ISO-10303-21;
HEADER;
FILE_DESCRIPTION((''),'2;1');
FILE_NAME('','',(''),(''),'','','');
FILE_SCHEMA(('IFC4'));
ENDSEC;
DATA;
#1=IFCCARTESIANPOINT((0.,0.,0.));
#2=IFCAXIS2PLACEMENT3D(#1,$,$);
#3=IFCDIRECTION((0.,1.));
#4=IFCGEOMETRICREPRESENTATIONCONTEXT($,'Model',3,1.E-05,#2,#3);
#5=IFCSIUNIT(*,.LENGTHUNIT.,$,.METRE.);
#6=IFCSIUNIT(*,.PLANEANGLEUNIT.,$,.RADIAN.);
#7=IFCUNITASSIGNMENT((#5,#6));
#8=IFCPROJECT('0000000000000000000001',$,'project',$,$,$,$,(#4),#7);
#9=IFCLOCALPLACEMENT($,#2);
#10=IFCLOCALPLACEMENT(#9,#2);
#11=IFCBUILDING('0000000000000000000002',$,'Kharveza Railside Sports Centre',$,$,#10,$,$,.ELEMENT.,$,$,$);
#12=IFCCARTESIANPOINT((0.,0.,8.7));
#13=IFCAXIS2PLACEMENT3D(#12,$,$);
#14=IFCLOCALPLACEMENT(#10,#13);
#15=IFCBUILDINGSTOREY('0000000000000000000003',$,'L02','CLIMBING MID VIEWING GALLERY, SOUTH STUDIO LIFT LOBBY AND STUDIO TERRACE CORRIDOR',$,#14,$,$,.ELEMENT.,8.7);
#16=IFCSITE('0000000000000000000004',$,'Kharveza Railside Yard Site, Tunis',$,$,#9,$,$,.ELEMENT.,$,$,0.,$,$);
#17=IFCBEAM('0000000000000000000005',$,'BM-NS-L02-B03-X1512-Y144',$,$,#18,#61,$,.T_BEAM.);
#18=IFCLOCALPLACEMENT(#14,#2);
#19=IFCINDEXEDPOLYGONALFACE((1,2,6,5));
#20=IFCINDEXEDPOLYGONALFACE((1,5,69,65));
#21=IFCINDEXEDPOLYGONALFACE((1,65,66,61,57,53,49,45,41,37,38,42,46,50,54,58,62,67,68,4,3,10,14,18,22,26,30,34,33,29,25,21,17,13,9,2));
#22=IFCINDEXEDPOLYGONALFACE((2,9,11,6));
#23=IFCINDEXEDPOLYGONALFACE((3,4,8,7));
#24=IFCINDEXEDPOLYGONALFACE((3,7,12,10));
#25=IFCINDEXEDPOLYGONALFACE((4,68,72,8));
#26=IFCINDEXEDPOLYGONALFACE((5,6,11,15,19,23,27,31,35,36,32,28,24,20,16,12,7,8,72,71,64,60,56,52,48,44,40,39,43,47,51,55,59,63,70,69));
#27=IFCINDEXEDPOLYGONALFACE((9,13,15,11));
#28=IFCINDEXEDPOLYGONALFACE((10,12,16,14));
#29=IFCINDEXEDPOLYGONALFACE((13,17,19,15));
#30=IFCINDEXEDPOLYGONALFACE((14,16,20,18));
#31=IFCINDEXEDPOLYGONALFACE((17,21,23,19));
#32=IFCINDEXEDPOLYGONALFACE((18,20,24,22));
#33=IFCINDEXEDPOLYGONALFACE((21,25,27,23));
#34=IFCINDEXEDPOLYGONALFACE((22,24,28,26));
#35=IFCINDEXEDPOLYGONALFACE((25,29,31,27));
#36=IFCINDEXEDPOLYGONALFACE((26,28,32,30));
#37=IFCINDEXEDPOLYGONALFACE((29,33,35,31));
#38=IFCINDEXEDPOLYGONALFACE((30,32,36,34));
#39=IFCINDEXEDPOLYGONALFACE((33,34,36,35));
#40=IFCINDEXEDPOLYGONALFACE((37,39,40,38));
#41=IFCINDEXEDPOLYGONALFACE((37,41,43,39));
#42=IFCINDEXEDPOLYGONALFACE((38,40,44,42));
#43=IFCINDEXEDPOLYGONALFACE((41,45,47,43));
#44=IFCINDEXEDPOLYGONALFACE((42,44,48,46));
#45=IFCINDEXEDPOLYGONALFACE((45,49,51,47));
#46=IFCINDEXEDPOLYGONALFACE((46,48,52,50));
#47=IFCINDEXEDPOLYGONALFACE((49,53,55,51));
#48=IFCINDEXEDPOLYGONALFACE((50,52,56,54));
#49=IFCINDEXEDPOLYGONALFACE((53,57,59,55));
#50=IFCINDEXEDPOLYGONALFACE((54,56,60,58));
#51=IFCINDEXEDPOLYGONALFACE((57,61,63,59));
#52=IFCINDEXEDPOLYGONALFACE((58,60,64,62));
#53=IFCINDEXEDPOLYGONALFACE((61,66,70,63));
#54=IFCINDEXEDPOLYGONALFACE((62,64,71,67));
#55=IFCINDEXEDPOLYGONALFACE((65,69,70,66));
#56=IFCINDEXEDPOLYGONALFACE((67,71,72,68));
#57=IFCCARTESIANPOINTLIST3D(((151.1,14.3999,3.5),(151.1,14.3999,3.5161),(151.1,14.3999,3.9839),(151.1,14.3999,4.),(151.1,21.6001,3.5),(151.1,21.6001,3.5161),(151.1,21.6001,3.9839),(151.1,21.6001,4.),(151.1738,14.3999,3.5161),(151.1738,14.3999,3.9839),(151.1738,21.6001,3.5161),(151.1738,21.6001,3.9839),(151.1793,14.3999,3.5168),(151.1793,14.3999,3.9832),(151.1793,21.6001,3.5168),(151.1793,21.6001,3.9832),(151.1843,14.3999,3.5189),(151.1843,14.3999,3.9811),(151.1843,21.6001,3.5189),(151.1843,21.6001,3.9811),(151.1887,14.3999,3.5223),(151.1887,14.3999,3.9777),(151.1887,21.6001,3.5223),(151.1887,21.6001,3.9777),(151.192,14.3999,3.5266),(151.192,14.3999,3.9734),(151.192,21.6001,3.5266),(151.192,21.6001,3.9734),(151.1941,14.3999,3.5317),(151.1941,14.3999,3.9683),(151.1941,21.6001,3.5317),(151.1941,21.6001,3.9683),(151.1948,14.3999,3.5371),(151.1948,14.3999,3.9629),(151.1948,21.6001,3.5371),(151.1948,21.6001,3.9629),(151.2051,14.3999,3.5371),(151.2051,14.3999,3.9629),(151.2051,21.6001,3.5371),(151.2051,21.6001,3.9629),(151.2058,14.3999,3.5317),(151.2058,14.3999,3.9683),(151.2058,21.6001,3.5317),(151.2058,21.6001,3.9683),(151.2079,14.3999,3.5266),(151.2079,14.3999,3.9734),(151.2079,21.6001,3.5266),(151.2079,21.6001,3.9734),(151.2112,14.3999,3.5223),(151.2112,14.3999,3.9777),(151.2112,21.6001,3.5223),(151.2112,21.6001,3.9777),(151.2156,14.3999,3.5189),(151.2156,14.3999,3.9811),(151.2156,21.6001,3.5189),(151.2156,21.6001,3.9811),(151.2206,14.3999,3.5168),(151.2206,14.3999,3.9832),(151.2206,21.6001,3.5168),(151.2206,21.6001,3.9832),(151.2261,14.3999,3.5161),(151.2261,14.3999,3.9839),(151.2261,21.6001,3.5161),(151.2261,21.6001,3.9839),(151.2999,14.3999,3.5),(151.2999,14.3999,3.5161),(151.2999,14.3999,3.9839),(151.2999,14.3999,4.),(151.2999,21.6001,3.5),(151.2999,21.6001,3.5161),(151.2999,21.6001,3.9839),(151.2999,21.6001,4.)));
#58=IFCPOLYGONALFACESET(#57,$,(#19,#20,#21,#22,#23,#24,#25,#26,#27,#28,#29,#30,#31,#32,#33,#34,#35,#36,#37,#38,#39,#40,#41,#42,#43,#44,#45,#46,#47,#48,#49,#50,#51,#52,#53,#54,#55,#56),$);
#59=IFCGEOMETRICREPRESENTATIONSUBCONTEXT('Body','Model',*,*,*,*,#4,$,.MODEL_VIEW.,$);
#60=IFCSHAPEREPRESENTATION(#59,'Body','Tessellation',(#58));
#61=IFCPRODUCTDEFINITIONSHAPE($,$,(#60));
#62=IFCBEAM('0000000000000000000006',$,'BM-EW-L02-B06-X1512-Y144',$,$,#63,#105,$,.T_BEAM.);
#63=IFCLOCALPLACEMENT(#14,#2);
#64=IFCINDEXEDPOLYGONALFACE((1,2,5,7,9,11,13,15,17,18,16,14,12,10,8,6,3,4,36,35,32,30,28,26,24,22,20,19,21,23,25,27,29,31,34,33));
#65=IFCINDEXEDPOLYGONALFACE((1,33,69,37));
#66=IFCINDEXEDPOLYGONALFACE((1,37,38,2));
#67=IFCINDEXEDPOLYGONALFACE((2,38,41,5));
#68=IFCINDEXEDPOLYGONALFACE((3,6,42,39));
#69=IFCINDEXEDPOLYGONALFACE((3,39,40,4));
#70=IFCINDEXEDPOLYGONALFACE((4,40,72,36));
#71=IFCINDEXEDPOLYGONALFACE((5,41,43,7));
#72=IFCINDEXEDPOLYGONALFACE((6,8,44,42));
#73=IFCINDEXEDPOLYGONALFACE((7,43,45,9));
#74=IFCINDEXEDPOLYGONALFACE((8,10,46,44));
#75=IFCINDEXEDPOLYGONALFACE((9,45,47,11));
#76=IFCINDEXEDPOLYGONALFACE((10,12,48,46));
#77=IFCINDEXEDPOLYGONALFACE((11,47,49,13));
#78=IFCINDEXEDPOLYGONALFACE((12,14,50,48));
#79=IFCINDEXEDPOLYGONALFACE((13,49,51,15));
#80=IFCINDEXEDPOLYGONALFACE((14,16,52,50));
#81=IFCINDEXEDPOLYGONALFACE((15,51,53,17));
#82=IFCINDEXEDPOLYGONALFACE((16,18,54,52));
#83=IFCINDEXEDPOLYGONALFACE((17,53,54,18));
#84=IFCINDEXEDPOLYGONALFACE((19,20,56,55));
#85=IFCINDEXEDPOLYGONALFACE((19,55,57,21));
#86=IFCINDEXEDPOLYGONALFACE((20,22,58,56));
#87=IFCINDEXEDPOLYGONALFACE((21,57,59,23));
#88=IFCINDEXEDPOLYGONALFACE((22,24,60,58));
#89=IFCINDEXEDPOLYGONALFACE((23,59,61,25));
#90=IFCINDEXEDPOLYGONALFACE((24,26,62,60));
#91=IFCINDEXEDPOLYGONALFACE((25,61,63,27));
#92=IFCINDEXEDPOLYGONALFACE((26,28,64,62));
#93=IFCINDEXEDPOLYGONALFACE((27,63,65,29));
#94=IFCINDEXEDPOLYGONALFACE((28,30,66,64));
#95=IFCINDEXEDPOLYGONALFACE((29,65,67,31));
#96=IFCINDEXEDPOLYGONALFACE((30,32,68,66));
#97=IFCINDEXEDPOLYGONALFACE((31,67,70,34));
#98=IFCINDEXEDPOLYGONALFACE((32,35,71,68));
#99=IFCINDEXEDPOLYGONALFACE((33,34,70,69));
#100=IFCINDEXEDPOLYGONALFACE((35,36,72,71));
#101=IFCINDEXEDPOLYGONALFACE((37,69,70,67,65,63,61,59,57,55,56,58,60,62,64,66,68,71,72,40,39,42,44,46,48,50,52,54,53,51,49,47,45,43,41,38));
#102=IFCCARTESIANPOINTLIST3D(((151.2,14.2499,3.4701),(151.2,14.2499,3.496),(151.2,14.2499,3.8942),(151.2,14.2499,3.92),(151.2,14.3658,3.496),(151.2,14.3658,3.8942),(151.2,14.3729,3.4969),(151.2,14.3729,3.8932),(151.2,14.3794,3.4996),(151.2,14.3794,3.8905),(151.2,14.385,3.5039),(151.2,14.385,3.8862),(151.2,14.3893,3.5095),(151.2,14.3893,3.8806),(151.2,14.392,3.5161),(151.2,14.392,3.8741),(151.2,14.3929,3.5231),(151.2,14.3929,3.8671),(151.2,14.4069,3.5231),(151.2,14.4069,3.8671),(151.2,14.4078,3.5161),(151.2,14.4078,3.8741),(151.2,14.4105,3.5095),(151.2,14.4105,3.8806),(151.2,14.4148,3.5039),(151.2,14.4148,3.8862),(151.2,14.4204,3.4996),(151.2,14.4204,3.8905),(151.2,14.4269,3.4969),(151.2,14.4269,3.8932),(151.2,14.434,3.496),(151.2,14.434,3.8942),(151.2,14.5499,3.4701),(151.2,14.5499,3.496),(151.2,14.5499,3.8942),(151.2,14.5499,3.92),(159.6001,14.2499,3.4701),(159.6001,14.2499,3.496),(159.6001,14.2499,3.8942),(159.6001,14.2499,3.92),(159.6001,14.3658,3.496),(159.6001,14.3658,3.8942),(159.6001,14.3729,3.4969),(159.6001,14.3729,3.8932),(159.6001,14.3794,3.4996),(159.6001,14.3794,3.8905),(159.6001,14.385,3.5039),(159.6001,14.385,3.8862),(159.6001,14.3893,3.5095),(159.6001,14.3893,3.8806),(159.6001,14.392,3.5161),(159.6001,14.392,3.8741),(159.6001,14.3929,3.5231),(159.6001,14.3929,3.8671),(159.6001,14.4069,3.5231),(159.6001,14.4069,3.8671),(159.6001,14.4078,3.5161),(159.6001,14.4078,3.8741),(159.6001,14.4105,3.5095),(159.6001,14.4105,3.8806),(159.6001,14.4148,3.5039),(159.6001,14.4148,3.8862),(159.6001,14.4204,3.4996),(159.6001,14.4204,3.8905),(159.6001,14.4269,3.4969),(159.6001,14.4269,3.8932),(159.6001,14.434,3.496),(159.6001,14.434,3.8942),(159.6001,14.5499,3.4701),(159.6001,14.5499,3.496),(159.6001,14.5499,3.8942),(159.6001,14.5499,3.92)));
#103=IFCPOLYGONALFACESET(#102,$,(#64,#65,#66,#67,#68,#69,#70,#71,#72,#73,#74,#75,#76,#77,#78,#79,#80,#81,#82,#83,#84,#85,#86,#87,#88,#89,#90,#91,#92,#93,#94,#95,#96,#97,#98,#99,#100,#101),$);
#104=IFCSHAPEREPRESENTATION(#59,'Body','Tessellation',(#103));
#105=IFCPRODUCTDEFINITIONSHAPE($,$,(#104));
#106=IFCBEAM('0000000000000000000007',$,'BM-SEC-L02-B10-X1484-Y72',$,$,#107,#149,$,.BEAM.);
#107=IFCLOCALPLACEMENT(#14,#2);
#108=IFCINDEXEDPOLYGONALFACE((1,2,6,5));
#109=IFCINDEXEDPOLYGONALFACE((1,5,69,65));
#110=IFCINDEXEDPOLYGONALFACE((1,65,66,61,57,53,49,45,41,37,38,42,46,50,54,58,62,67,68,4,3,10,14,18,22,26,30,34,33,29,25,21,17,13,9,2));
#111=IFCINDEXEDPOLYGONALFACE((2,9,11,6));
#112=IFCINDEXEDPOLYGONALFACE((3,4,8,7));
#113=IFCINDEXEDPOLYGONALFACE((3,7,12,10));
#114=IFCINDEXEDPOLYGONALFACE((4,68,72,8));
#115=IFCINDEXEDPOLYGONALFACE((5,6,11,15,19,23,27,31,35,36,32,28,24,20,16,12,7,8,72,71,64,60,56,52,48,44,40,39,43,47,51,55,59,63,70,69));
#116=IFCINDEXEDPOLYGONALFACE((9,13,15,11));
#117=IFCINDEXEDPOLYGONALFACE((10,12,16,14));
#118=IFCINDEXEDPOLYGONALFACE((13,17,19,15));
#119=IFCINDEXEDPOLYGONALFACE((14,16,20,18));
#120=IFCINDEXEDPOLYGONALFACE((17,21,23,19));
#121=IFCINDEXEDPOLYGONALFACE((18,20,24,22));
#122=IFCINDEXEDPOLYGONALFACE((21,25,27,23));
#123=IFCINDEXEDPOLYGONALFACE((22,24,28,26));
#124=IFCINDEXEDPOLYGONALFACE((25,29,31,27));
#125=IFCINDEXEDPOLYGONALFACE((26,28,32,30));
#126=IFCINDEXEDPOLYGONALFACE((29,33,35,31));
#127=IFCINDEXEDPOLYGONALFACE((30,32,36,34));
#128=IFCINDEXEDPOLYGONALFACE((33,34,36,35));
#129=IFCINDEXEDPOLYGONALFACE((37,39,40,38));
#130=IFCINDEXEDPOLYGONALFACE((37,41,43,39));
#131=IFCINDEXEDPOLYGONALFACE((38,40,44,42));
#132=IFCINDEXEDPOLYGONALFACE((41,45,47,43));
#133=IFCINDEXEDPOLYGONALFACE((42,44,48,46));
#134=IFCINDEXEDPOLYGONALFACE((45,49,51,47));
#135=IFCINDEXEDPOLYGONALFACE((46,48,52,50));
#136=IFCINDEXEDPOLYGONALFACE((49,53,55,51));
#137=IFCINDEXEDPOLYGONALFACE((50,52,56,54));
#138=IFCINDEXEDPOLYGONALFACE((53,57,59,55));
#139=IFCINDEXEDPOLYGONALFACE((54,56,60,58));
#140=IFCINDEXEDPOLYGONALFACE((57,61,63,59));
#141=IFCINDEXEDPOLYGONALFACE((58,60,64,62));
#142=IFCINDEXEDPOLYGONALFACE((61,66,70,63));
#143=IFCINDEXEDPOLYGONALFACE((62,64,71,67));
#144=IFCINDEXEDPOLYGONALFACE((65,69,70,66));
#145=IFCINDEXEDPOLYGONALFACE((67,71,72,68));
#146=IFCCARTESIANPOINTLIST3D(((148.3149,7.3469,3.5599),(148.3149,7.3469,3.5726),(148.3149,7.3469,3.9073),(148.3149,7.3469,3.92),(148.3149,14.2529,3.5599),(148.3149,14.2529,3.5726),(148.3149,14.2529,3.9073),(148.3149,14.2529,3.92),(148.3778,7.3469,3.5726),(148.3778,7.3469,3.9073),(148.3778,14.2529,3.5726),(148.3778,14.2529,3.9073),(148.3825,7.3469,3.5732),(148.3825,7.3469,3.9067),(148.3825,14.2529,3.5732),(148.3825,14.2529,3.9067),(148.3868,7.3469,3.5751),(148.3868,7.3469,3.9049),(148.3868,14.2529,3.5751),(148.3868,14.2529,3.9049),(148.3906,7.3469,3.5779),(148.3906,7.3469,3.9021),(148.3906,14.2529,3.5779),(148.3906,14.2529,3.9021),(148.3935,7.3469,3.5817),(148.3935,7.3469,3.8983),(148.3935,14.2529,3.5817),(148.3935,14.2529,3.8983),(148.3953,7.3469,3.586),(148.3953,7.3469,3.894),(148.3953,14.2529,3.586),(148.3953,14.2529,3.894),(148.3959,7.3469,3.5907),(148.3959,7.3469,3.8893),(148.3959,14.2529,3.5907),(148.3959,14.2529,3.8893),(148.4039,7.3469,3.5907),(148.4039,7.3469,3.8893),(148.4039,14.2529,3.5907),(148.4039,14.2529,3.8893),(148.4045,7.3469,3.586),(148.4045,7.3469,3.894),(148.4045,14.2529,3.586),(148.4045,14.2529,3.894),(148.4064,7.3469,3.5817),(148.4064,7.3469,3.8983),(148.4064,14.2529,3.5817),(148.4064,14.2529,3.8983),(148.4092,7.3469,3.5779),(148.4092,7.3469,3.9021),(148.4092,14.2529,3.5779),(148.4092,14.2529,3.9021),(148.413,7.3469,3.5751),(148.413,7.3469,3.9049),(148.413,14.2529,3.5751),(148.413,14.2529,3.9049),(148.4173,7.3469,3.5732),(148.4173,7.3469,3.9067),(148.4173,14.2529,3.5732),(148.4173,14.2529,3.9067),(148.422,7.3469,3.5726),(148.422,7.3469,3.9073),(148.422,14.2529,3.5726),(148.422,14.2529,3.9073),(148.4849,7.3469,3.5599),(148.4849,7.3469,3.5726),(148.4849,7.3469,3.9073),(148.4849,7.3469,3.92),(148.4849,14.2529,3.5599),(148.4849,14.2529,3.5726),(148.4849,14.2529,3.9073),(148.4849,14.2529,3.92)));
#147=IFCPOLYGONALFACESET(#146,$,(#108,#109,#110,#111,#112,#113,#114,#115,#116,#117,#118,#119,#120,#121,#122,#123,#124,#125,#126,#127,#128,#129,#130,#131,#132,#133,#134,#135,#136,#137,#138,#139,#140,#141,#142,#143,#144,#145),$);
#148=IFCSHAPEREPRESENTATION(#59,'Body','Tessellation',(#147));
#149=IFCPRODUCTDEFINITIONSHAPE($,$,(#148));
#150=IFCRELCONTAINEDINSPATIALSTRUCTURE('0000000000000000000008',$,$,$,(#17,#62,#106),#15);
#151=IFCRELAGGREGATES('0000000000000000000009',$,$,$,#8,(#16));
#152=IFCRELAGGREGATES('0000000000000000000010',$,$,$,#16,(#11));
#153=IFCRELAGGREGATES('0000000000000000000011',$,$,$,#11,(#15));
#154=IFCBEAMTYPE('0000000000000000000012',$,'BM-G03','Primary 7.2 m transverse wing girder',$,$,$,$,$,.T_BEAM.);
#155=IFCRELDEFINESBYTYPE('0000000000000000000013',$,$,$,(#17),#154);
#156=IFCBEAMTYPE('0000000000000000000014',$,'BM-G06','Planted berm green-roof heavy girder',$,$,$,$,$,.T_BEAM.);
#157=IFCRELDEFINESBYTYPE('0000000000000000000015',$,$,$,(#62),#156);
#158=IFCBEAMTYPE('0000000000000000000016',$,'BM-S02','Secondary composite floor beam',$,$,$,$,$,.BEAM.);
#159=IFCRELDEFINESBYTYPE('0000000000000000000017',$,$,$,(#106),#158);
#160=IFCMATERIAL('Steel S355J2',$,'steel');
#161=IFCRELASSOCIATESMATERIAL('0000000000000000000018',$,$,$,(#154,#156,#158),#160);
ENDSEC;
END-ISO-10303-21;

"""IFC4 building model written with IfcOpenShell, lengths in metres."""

from ifc_helpers import new_model, si_unit, direction, frame, origin, origin_2d, place, context, subcontext, project, spatial, i_section, extrude, material, material_profile, profile_set, type_object, element, save


model = new_model("IFC4")

# Units and contexts
model_context = context("Model", 3, precision=1e-05, world=origin(), true_north=direction((0.0, 1.0)))
body_context = subcontext(model_context, "Body", "Model", "MODEL_VIEW")
ifc_project = project(units=[si_unit("LENGTHUNIT", "METRE"), si_unit("PLANEANGLEUNIT", "RADIAN")], contexts=[model_context])

# Site, building, storey
site_placement = place(None, origin())
site = spatial("IfcSite", under=ifc_project, at=site_placement, Name="Kharveza Railside Yard Site, Tunis", CompositionType="ELEMENT", RefElevation=0.0)
building_placement = place(site_placement, origin())
building = spatial("IfcBuilding", under=site, at=building_placement, Name="Kharveza Railside Sports Centre", CompositionType="ELEMENT")
storey_placement = place(building_placement, frame((0.0, 0.0, 8.7)))
storey = spatial("IfcBuildingStorey", under=building, at=storey_placement, Name="L02", Description="CLIMBING MID VIEWING GALLERY, SOUTH STUDIO LIFT LOBBY AND STUDIO TERRACE CORRIDOR", CompositionType="ELEMENT", Elevation=8.7)

# Shared definitions
ifc_material_1 = material(Name="Steel S355J2", Category="steel")

# Beams
ifc_material_profile_1 = material_profile(ifc_material_1, i_section(OverallWidth=0.2, OverallDepth=0.5, WebThickness=0.0103, FlangeThickness=0.0161, FilletRadius=0.021, at=origin_2d()), Name="IPE 500")
ifc_profile_set_1 = profile_set([ifc_material_profile_1], Name="Steel S355J2")
beam_type_1 = type_object("IfcBeamType", Name="BM-G03", Description="Primary 7.2 m transverse wing girder", PredefinedType="T_BEAM", material=ifc_profile_set_1)
beam_1_placement = place(storey_placement, frame((151.2, 14.3999, 3.75), z_axis=(0.0, 1.0, 0.0), x_axis=(-1.0, 0.0, 0.0)))
element("IfcBeam", 1, at=beam_1_placement, inside=storey, type_object=beam_type_1, Name="BM-NS-L02-B03-X1512-Y144", PredefinedType="T_BEAM", context=body_context, shape_type="SweptSolid", body=[
    extrude(i_section(OverallWidth=0.2, OverallDepth=0.5, WebThickness=0.0103, FlangeThickness=0.0161, FilletRadius=0.021, at=origin_2d()), origin(), (0.0, 0.0, 1.0), 7.2002),
])
ifc_material_profile_2 = material_profile(ifc_material_1, i_section(OverallWidth=0.3, OverallDepth=0.45, WebThickness=0.0139, FlangeThickness=0.0259, FilletRadius=0.0271, at=origin_2d()), Name="HEB 450")
ifc_profile_set_2 = profile_set([ifc_material_profile_2], Name="Steel S355J2")
beam_type_2 = type_object("IfcBeamType", Name="BM-G06", Description="Planted berm green-roof heavy girder", PredefinedType="T_BEAM", material=ifc_profile_set_2)
beam_2_placement = place(storey_placement, frame((151.2, 14.3999, 3.6951), z_axis=(1.0, 0.0, 0.0), x_axis=(0.0, 1.0, 0.0)))
element("IfcBeam", 2, at=beam_2_placement, inside=storey, type_object=beam_type_2, Name="BM-EW-L02-B06-X1512-Y144", PredefinedType="T_BEAM", context=body_context, shape_type="SweptSolid", body=[
    extrude(i_section(OverallWidth=0.3, OverallDepth=0.45, WebThickness=0.0139, FlangeThickness=0.0259, FilletRadius=0.0271, at=origin_2d()), origin(), (0.0, 0.0, 1.0), 8.4001),
])
ifc_material_profile_3 = material_profile(ifc_material_1, i_section(OverallWidth=0.1699, OverallDepth=0.3601, WebThickness=0.0081, FlangeThickness=0.0127, FilletRadius=0.0181, at=origin_2d()), Name="IPE 360")
ifc_profile_set_3 = profile_set([ifc_material_profile_3], Name="Steel S355J2")
beam_type_3 = type_object("IfcBeamType", Name="BM-S02", Description="Secondary composite floor beam", PredefinedType="BEAM", material=ifc_profile_set_3)
beam_3_placement = place(storey_placement, frame((148.3999, 7.3469, 3.74), z_axis=(0.0, 1.0, 0.0), x_axis=(-1.0, 0.0, 0.0)))
element("IfcBeam", 3, at=beam_3_placement, inside=storey, type_object=beam_type_3, Name="BM-SEC-L02-B10-X1484-Y72", PredefinedType="BEAM", context=body_context, shape_type="SweptSolid", body=[
    extrude(i_section(OverallWidth=0.1699, OverallDepth=0.3601, WebThickness=0.0081, FlangeThickness=0.0127, FilletRadius=0.0181, at=origin_2d()), origin(), (0.0, 0.0, 1.0), 6.906),
])

save(model, "model.ifc")
